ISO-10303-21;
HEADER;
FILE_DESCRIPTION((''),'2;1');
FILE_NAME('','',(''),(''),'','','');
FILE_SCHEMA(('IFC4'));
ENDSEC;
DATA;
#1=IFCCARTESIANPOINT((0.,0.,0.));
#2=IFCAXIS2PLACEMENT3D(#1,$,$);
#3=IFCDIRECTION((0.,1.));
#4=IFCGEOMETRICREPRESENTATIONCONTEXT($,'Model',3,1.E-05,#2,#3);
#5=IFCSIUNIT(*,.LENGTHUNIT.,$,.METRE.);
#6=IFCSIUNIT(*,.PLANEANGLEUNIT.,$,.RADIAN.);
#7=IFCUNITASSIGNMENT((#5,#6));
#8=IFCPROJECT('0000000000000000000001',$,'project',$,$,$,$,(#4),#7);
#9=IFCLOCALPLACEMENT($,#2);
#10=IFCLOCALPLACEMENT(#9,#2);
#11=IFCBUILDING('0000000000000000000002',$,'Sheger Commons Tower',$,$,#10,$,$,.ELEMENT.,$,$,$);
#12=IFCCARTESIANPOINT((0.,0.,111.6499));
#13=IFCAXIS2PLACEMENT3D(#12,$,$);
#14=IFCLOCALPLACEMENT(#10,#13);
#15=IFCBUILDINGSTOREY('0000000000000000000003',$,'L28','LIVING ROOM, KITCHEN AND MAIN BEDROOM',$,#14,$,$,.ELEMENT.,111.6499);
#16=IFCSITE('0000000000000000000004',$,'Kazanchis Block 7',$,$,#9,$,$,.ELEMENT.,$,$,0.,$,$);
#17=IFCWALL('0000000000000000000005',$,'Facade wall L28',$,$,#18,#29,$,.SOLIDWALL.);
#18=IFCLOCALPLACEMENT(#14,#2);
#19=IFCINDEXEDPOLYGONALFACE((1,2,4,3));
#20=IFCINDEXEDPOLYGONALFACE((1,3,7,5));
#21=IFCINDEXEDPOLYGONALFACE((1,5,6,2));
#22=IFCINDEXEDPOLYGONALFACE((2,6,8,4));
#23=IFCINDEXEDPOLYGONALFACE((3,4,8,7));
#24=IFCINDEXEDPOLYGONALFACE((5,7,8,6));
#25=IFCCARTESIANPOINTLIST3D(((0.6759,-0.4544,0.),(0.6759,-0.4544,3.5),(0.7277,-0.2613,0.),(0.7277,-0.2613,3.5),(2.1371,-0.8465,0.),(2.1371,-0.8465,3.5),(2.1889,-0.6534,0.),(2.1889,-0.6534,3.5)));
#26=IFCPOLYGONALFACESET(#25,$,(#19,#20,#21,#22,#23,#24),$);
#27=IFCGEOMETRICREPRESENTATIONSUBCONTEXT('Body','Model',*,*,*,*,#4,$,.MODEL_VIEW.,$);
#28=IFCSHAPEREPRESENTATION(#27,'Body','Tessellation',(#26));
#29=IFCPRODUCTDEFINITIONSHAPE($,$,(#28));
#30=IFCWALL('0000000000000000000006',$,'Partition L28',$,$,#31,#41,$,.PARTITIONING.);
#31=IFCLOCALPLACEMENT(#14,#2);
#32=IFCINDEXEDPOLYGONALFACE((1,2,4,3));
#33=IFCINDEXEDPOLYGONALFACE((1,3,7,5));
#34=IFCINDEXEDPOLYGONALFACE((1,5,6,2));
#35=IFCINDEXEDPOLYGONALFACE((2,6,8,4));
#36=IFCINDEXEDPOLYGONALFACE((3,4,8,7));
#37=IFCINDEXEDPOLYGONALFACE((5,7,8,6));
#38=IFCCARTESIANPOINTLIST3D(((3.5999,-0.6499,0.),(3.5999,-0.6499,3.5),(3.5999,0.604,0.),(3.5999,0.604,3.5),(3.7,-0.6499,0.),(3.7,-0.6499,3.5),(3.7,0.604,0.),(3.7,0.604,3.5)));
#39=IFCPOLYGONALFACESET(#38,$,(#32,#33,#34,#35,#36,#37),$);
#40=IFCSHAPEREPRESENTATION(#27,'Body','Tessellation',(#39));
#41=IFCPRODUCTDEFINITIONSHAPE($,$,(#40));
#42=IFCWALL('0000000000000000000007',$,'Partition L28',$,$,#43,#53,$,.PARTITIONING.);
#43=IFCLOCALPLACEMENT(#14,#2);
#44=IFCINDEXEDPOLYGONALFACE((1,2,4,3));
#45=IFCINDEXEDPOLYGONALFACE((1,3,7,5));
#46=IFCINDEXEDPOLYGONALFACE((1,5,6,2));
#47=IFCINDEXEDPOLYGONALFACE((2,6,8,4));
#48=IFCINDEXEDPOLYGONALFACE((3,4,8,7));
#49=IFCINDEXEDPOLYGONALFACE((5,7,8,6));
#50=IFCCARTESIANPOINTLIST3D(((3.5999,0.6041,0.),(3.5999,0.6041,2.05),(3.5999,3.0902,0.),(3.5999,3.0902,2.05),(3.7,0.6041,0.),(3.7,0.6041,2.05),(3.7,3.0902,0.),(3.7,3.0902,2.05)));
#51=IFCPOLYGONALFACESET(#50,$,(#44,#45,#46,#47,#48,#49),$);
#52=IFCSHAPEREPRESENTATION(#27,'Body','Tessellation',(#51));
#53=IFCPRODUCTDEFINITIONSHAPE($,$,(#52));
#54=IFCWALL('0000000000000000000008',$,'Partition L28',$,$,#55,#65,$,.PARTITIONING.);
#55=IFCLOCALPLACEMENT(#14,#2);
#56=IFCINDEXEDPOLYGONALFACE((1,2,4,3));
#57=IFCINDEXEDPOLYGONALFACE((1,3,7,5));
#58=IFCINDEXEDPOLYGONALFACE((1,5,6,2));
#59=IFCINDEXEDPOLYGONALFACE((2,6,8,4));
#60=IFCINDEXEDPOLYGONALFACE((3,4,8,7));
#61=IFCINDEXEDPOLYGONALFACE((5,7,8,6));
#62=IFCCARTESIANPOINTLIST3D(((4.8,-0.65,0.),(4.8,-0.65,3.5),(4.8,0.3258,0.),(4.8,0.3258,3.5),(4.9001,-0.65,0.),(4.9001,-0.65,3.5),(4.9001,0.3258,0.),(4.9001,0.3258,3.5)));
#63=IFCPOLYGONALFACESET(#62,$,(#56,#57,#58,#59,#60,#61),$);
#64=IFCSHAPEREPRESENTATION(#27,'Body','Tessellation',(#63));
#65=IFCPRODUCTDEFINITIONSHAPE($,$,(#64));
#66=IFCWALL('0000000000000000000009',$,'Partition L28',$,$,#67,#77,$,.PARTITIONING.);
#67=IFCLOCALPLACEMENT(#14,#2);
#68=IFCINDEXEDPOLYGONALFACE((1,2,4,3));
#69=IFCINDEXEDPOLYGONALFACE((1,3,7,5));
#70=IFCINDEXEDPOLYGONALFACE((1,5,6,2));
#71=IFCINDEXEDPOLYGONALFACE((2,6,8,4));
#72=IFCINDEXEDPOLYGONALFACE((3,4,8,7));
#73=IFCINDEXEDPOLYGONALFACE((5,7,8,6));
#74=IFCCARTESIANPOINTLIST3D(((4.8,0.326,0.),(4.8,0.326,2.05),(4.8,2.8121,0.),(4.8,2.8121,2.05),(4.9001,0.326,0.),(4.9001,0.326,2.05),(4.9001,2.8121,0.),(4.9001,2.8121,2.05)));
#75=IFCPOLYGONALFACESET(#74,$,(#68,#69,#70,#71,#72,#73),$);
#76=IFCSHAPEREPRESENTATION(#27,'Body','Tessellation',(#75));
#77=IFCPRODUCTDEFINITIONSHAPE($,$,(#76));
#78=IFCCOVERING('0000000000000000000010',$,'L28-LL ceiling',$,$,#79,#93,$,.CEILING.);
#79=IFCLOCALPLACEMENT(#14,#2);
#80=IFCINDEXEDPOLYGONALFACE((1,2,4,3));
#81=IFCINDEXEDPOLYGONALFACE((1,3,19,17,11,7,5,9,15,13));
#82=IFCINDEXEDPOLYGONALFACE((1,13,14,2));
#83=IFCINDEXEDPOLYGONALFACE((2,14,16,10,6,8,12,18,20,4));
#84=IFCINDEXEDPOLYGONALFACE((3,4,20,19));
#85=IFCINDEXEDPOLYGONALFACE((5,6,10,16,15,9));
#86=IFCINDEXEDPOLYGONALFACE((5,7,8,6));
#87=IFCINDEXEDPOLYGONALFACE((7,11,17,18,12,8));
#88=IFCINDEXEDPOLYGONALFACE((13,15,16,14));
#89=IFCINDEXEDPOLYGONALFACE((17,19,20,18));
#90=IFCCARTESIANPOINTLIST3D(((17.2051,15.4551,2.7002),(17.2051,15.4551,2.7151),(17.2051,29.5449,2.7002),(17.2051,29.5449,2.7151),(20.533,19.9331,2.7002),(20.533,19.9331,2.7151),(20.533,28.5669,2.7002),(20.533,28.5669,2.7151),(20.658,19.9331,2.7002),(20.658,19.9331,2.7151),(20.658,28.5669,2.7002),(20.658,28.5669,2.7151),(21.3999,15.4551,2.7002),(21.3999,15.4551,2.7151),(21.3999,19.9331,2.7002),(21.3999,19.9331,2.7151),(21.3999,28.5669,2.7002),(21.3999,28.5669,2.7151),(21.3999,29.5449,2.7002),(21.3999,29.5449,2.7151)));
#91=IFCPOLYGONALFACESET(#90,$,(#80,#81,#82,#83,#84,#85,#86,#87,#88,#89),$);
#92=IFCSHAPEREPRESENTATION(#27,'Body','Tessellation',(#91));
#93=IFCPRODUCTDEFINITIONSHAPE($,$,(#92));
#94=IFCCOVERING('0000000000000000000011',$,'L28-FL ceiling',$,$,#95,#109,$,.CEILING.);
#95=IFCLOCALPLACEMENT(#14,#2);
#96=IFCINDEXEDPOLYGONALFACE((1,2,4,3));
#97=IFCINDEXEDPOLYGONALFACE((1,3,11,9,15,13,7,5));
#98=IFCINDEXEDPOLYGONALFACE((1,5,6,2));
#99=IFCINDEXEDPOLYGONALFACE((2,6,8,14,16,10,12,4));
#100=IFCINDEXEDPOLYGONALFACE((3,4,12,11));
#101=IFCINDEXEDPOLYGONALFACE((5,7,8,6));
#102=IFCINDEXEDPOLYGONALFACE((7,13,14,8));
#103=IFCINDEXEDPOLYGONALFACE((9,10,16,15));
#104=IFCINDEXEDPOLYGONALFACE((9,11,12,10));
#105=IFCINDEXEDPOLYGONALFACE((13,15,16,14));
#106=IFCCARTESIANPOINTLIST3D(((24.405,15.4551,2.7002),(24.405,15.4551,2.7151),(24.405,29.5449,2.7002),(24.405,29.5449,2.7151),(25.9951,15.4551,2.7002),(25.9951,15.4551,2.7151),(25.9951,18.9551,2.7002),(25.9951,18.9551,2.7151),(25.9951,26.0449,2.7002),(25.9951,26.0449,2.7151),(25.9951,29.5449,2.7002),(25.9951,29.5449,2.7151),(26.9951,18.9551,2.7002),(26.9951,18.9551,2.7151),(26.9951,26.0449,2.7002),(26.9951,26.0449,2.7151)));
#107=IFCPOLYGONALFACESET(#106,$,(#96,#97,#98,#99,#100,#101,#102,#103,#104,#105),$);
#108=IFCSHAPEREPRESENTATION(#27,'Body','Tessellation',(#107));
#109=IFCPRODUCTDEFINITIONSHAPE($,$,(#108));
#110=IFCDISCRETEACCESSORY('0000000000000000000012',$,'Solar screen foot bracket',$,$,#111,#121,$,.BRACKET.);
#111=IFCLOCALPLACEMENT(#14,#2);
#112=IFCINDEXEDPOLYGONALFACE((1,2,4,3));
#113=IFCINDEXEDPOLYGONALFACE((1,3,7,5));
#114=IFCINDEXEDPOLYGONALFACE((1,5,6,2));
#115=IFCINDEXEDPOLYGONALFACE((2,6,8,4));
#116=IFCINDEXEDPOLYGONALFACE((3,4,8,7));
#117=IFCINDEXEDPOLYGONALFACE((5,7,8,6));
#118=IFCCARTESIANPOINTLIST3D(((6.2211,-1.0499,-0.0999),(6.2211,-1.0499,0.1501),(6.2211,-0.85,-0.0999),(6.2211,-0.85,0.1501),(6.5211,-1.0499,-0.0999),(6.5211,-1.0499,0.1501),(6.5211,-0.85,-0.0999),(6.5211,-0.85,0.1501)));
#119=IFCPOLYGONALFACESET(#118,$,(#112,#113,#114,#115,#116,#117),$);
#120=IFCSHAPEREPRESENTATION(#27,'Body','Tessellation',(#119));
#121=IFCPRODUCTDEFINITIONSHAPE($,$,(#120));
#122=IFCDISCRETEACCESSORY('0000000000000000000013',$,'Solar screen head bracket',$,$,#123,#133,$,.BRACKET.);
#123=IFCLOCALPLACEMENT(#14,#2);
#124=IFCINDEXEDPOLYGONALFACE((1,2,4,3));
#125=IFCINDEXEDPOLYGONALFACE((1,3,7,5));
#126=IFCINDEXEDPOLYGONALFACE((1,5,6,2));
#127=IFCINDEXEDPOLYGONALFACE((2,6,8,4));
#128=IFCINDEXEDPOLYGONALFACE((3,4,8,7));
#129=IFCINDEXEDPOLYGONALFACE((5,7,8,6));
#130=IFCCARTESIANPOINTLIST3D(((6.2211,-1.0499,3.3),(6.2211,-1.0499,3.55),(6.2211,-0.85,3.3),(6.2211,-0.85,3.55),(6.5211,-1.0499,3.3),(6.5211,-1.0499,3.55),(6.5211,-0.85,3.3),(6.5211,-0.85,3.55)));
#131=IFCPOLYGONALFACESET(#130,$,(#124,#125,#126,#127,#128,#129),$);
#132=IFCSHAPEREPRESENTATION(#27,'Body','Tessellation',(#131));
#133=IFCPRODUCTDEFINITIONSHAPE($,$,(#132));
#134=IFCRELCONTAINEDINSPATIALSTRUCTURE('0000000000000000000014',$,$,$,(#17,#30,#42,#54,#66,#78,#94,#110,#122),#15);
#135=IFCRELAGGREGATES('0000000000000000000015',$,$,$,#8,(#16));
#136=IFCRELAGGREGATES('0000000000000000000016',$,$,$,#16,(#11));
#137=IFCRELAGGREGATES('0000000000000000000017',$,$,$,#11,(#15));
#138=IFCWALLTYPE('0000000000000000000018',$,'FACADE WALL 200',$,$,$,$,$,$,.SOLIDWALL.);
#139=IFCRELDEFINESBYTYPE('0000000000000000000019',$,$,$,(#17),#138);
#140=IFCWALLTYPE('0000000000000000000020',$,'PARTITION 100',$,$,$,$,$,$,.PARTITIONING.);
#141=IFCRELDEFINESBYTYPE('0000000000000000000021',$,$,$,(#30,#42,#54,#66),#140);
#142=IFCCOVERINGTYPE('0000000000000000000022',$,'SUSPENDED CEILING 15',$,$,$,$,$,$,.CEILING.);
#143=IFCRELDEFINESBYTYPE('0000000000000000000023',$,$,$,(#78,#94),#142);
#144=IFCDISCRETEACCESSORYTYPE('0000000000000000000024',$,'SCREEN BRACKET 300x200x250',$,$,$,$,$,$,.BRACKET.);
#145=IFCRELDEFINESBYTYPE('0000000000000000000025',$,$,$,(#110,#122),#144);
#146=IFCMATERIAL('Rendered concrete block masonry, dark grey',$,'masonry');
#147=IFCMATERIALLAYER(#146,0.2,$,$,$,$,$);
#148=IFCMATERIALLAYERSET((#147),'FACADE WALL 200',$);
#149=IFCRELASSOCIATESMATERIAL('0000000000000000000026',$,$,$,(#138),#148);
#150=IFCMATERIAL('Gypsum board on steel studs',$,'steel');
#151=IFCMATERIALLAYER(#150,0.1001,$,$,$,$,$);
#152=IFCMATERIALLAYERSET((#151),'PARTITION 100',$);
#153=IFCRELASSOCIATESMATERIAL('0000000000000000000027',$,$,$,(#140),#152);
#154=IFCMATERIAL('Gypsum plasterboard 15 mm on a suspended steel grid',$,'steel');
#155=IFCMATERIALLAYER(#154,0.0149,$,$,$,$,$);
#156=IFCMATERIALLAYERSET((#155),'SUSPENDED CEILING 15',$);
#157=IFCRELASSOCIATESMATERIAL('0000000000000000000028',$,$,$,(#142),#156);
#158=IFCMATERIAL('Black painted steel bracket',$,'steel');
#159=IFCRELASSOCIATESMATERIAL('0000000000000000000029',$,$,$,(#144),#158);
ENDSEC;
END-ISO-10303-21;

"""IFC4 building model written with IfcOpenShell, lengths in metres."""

from ifc_helpers import new_model, si_unit, direction, frame, frame_2d, origin, origin_2d, place, context, subcontext, project, spatial, polyline, rectangle, outline, extrude, material, layer, layer_set, type_object, element, save


model = new_model("IFC4")

# Units and contexts
model_context = context("Model", 3, precision=1e-05, world=origin(), true_north=direction((0.0, 1.0)))
body_context = subcontext(model_context, "Body", "Model", "MODEL_VIEW")
ifc_project = project(units=[si_unit("LENGTHUNIT", "METRE"), si_unit("PLANEANGLEUNIT", "RADIAN")], contexts=[model_context])

# Site, building, storey
site_placement = place(None, origin())
site = spatial("IfcSite", under=ifc_project, at=site_placement, Name="Kazanchis Block 7", CompositionType="ELEMENT", RefElevation=0.0)
building_placement = place(site_placement, origin())
building = spatial("IfcBuilding", under=site, at=building_placement, Name="Sheger Commons Tower", CompositionType="ELEMENT")
storey_placement = place(building_placement, frame((0.0, 0.0, 111.6499)))
storey = spatial("IfcBuildingStorey", under=building, at=storey_placement, Name="L28", Description="LIVING ROOM, KITCHEN AND MAIN BEDROOM", CompositionType="ELEMENT", Elevation=111.6499)

# Shared definitions
ifc_material_1 = material(Name="Rendered concrete block masonry, dark grey", Category="masonry")
ifc_layer_1 = layer(ifc_material_1, 0.2)
ifc_layer_set_1 = layer_set([ifc_layer_1], Name="FACADE WALL 200")
wall_type_1 = type_object("IfcWallType", Name="FACADE WALL 200", PredefinedType="SOLIDWALL", material=ifc_layer_set_1)

# Walls
wall_1_placement = place(storey_placement, frame((0.7019, -0.3579, 0.0), z_axis=(0.0, 0.0, 1.0), x_axis=(0.965832, -0.259169, 0.0)))
element("IfcWall", 1, at=wall_1_placement, inside=storey, type_object=wall_type_1, Name="Facade wall L28", PredefinedType="SOLIDWALL", context=body_context, shape_type="SweptSolid", body=[
    extrude(rectangle(XDim=1.5129, YDim=0.2, at=frame_2d((0.7563, 0.0))), origin(), (0.0, 0.0, 1.0), 3.5),
])
ifc_material_2 = material(Name="Gypsum board on steel studs", Category="steel")
ifc_layer_2 = layer(ifc_material_2, 0.1001)
ifc_layer_set_2 = layer_set([ifc_layer_2], Name="PARTITION 100")
wall_type_2 = type_object("IfcWallType", Name="PARTITION 100", PredefinedType="PARTITIONING", material=ifc_layer_set_2)
wall_2_placement = place(storey_placement, frame((3.6499, -0.6499, 0.0), z_axis=(0.0, 0.0, 1.0), x_axis=(0.0, 1.0, 0.0)))
element("IfcWall", 2, at=wall_2_placement, inside=storey, type_object=wall_type_2, Name="Partition L28", PredefinedType="PARTITIONING", context=body_context, shape_type="SweptSolid", body=[
    extrude(rectangle(XDim=1.2539, YDim=0.1001, at=frame_2d((0.627, 0.0))), origin(), (0.0, 0.0, 1.0), 3.5),
])
wall_3_placement = place(storey_placement, frame((3.6499, 0.604, 0.0), z_axis=(0.0, 0.0, 1.0), x_axis=(0.0, 1.0, 0.0)))
element("IfcWall", 3, at=wall_3_placement, inside=storey, type_object=wall_type_2, Name="Partition L28", PredefinedType="PARTITIONING", context=body_context, shape_type="SweptSolid", body=[
    extrude(rectangle(XDim=2.4861, YDim=0.1001, at=frame_2d((1.2432, 0.0))), origin(), (0.0, 0.0, 1.0), 2.05),
])
wall_4_placement = place(storey_placement, frame((4.8501, -0.6499, 0.0), z_axis=(0.0, 0.0, 1.0), x_axis=(0.0, 1.0, 0.0)))
element("IfcWall", 4, at=wall_4_placement, inside=storey, type_object=wall_type_2, Name="Partition L28", PredefinedType="PARTITIONING", context=body_context, shape_type="SweptSolid", body=[
    extrude(rectangle(XDim=0.9758, YDim=0.1001, at=frame_2d((0.4878, 0.0))), origin(), (0.0, 0.0, 1.0), 3.5),
])
wall_5_placement = place(storey_placement, frame((4.8501, 0.3259, 0.0), z_axis=(0.0, 0.0, 1.0), x_axis=(0.0, 1.0, 0.0)))
element("IfcWall", 5, at=wall_5_placement, inside=storey, type_object=wall_type_2, Name="Partition L28", PredefinedType="PARTITIONING", context=body_context, shape_type="SweptSolid", body=[
    extrude(rectangle(XDim=2.4861, YDim=0.1001, at=frame_2d((1.2432, 0.0))), origin(), (0.0, 0.0, 1.0), 2.05),
])

# Coverings
ifc_material_3 = material(Name="Gypsum plasterboard 15 mm on a suspended steel grid", Category="steel")
ifc_layer_3 = layer(ifc_material_3, 0.0149)
ifc_layer_set_3 = layer_set([ifc_layer_3], Name="SUSPENDED CEILING 15")
covering_type = type_object("IfcCoveringType", Name="SUSPENDED CEILING 15", PredefinedType="CEILING", material=ifc_layer_set_3)
covering_1_placement = place(storey_placement, frame((0.0, 0.0, 2.7002)))
element("IfcCovering", 6, at=covering_1_placement, inside=storey, type_object=covering_type, Name="L28-LL ceiling", PredefinedType="CEILING", context=body_context, shape_type="SweptSolid", body=[
    extrude(outline(polyline([(17.2051, 15.4551), (21.3999, 15.4551), (21.3999, 19.9331), (20.658, 19.9331), (20.533, 19.9331), (20.533, 28.5669), (20.658, 28.5669), (21.3999, 28.5669), (21.3999, 29.5449), (17.2051, 29.5449), (17.2051, 15.4551)])), origin(), (0.0, 0.0, 1.0), 0.0149),
])
covering_2_placement = place(storey_placement, frame((0.0, 0.0, 2.7002)))
element("IfcCovering", 7, at=covering_2_placement, inside=storey, type_object=covering_type, Name="L28-FL ceiling", PredefinedType="CEILING", context=body_context, shape_type="SweptSolid", body=[
    extrude(outline(polyline([(24.405, 15.4551), (25.9951, 15.4551), (25.9951, 18.9551), (26.9951, 18.9551), (26.9951, 26.0449), (25.9951, 26.0449), (25.9951, 29.5449), (24.405, 29.5449), (24.405, 15.4551)])), origin(), (0.0, 0.0, 1.0), 0.0149),
])

# Discrete accessories
ifc_material_4 = material(Name="Black painted steel bracket", Category="steel")
discrete_accessory_type = type_object("IfcDiscreteAccessoryType", Name="SCREEN BRACKET 300x200x250", PredefinedType="BRACKET", material=ifc_material_4)
for number, where, z_axis, x_axis, name in (
    (8, (6.3711, -0.95, -0.0999), (0.0, 0.0, 1.0), (1.0, 0.0, 0.0), "Solar screen foot bracket"),
    (9, (6.3711, -0.95, 3.3), (0.0, 0.0, 1.0), (1.0, 0.0, 0.0), "Solar screen head bracket"),
):
    element("IfcDiscreteAccessory", number, at=place(storey_placement, frame(where, z_axis=z_axis, x_axis=x_axis)), inside=storey, type_object=discrete_accessory_type, Name=name, PredefinedType="BRACKET", context=body_context, shape_type="SweptSolid", body=[
        extrude(rectangle(XDim=0.3, YDim=0.2, at=origin_2d()), origin(), (0.0, 0.0, 1.0), 0.25),
    ])

save(model, "model.ifc")
